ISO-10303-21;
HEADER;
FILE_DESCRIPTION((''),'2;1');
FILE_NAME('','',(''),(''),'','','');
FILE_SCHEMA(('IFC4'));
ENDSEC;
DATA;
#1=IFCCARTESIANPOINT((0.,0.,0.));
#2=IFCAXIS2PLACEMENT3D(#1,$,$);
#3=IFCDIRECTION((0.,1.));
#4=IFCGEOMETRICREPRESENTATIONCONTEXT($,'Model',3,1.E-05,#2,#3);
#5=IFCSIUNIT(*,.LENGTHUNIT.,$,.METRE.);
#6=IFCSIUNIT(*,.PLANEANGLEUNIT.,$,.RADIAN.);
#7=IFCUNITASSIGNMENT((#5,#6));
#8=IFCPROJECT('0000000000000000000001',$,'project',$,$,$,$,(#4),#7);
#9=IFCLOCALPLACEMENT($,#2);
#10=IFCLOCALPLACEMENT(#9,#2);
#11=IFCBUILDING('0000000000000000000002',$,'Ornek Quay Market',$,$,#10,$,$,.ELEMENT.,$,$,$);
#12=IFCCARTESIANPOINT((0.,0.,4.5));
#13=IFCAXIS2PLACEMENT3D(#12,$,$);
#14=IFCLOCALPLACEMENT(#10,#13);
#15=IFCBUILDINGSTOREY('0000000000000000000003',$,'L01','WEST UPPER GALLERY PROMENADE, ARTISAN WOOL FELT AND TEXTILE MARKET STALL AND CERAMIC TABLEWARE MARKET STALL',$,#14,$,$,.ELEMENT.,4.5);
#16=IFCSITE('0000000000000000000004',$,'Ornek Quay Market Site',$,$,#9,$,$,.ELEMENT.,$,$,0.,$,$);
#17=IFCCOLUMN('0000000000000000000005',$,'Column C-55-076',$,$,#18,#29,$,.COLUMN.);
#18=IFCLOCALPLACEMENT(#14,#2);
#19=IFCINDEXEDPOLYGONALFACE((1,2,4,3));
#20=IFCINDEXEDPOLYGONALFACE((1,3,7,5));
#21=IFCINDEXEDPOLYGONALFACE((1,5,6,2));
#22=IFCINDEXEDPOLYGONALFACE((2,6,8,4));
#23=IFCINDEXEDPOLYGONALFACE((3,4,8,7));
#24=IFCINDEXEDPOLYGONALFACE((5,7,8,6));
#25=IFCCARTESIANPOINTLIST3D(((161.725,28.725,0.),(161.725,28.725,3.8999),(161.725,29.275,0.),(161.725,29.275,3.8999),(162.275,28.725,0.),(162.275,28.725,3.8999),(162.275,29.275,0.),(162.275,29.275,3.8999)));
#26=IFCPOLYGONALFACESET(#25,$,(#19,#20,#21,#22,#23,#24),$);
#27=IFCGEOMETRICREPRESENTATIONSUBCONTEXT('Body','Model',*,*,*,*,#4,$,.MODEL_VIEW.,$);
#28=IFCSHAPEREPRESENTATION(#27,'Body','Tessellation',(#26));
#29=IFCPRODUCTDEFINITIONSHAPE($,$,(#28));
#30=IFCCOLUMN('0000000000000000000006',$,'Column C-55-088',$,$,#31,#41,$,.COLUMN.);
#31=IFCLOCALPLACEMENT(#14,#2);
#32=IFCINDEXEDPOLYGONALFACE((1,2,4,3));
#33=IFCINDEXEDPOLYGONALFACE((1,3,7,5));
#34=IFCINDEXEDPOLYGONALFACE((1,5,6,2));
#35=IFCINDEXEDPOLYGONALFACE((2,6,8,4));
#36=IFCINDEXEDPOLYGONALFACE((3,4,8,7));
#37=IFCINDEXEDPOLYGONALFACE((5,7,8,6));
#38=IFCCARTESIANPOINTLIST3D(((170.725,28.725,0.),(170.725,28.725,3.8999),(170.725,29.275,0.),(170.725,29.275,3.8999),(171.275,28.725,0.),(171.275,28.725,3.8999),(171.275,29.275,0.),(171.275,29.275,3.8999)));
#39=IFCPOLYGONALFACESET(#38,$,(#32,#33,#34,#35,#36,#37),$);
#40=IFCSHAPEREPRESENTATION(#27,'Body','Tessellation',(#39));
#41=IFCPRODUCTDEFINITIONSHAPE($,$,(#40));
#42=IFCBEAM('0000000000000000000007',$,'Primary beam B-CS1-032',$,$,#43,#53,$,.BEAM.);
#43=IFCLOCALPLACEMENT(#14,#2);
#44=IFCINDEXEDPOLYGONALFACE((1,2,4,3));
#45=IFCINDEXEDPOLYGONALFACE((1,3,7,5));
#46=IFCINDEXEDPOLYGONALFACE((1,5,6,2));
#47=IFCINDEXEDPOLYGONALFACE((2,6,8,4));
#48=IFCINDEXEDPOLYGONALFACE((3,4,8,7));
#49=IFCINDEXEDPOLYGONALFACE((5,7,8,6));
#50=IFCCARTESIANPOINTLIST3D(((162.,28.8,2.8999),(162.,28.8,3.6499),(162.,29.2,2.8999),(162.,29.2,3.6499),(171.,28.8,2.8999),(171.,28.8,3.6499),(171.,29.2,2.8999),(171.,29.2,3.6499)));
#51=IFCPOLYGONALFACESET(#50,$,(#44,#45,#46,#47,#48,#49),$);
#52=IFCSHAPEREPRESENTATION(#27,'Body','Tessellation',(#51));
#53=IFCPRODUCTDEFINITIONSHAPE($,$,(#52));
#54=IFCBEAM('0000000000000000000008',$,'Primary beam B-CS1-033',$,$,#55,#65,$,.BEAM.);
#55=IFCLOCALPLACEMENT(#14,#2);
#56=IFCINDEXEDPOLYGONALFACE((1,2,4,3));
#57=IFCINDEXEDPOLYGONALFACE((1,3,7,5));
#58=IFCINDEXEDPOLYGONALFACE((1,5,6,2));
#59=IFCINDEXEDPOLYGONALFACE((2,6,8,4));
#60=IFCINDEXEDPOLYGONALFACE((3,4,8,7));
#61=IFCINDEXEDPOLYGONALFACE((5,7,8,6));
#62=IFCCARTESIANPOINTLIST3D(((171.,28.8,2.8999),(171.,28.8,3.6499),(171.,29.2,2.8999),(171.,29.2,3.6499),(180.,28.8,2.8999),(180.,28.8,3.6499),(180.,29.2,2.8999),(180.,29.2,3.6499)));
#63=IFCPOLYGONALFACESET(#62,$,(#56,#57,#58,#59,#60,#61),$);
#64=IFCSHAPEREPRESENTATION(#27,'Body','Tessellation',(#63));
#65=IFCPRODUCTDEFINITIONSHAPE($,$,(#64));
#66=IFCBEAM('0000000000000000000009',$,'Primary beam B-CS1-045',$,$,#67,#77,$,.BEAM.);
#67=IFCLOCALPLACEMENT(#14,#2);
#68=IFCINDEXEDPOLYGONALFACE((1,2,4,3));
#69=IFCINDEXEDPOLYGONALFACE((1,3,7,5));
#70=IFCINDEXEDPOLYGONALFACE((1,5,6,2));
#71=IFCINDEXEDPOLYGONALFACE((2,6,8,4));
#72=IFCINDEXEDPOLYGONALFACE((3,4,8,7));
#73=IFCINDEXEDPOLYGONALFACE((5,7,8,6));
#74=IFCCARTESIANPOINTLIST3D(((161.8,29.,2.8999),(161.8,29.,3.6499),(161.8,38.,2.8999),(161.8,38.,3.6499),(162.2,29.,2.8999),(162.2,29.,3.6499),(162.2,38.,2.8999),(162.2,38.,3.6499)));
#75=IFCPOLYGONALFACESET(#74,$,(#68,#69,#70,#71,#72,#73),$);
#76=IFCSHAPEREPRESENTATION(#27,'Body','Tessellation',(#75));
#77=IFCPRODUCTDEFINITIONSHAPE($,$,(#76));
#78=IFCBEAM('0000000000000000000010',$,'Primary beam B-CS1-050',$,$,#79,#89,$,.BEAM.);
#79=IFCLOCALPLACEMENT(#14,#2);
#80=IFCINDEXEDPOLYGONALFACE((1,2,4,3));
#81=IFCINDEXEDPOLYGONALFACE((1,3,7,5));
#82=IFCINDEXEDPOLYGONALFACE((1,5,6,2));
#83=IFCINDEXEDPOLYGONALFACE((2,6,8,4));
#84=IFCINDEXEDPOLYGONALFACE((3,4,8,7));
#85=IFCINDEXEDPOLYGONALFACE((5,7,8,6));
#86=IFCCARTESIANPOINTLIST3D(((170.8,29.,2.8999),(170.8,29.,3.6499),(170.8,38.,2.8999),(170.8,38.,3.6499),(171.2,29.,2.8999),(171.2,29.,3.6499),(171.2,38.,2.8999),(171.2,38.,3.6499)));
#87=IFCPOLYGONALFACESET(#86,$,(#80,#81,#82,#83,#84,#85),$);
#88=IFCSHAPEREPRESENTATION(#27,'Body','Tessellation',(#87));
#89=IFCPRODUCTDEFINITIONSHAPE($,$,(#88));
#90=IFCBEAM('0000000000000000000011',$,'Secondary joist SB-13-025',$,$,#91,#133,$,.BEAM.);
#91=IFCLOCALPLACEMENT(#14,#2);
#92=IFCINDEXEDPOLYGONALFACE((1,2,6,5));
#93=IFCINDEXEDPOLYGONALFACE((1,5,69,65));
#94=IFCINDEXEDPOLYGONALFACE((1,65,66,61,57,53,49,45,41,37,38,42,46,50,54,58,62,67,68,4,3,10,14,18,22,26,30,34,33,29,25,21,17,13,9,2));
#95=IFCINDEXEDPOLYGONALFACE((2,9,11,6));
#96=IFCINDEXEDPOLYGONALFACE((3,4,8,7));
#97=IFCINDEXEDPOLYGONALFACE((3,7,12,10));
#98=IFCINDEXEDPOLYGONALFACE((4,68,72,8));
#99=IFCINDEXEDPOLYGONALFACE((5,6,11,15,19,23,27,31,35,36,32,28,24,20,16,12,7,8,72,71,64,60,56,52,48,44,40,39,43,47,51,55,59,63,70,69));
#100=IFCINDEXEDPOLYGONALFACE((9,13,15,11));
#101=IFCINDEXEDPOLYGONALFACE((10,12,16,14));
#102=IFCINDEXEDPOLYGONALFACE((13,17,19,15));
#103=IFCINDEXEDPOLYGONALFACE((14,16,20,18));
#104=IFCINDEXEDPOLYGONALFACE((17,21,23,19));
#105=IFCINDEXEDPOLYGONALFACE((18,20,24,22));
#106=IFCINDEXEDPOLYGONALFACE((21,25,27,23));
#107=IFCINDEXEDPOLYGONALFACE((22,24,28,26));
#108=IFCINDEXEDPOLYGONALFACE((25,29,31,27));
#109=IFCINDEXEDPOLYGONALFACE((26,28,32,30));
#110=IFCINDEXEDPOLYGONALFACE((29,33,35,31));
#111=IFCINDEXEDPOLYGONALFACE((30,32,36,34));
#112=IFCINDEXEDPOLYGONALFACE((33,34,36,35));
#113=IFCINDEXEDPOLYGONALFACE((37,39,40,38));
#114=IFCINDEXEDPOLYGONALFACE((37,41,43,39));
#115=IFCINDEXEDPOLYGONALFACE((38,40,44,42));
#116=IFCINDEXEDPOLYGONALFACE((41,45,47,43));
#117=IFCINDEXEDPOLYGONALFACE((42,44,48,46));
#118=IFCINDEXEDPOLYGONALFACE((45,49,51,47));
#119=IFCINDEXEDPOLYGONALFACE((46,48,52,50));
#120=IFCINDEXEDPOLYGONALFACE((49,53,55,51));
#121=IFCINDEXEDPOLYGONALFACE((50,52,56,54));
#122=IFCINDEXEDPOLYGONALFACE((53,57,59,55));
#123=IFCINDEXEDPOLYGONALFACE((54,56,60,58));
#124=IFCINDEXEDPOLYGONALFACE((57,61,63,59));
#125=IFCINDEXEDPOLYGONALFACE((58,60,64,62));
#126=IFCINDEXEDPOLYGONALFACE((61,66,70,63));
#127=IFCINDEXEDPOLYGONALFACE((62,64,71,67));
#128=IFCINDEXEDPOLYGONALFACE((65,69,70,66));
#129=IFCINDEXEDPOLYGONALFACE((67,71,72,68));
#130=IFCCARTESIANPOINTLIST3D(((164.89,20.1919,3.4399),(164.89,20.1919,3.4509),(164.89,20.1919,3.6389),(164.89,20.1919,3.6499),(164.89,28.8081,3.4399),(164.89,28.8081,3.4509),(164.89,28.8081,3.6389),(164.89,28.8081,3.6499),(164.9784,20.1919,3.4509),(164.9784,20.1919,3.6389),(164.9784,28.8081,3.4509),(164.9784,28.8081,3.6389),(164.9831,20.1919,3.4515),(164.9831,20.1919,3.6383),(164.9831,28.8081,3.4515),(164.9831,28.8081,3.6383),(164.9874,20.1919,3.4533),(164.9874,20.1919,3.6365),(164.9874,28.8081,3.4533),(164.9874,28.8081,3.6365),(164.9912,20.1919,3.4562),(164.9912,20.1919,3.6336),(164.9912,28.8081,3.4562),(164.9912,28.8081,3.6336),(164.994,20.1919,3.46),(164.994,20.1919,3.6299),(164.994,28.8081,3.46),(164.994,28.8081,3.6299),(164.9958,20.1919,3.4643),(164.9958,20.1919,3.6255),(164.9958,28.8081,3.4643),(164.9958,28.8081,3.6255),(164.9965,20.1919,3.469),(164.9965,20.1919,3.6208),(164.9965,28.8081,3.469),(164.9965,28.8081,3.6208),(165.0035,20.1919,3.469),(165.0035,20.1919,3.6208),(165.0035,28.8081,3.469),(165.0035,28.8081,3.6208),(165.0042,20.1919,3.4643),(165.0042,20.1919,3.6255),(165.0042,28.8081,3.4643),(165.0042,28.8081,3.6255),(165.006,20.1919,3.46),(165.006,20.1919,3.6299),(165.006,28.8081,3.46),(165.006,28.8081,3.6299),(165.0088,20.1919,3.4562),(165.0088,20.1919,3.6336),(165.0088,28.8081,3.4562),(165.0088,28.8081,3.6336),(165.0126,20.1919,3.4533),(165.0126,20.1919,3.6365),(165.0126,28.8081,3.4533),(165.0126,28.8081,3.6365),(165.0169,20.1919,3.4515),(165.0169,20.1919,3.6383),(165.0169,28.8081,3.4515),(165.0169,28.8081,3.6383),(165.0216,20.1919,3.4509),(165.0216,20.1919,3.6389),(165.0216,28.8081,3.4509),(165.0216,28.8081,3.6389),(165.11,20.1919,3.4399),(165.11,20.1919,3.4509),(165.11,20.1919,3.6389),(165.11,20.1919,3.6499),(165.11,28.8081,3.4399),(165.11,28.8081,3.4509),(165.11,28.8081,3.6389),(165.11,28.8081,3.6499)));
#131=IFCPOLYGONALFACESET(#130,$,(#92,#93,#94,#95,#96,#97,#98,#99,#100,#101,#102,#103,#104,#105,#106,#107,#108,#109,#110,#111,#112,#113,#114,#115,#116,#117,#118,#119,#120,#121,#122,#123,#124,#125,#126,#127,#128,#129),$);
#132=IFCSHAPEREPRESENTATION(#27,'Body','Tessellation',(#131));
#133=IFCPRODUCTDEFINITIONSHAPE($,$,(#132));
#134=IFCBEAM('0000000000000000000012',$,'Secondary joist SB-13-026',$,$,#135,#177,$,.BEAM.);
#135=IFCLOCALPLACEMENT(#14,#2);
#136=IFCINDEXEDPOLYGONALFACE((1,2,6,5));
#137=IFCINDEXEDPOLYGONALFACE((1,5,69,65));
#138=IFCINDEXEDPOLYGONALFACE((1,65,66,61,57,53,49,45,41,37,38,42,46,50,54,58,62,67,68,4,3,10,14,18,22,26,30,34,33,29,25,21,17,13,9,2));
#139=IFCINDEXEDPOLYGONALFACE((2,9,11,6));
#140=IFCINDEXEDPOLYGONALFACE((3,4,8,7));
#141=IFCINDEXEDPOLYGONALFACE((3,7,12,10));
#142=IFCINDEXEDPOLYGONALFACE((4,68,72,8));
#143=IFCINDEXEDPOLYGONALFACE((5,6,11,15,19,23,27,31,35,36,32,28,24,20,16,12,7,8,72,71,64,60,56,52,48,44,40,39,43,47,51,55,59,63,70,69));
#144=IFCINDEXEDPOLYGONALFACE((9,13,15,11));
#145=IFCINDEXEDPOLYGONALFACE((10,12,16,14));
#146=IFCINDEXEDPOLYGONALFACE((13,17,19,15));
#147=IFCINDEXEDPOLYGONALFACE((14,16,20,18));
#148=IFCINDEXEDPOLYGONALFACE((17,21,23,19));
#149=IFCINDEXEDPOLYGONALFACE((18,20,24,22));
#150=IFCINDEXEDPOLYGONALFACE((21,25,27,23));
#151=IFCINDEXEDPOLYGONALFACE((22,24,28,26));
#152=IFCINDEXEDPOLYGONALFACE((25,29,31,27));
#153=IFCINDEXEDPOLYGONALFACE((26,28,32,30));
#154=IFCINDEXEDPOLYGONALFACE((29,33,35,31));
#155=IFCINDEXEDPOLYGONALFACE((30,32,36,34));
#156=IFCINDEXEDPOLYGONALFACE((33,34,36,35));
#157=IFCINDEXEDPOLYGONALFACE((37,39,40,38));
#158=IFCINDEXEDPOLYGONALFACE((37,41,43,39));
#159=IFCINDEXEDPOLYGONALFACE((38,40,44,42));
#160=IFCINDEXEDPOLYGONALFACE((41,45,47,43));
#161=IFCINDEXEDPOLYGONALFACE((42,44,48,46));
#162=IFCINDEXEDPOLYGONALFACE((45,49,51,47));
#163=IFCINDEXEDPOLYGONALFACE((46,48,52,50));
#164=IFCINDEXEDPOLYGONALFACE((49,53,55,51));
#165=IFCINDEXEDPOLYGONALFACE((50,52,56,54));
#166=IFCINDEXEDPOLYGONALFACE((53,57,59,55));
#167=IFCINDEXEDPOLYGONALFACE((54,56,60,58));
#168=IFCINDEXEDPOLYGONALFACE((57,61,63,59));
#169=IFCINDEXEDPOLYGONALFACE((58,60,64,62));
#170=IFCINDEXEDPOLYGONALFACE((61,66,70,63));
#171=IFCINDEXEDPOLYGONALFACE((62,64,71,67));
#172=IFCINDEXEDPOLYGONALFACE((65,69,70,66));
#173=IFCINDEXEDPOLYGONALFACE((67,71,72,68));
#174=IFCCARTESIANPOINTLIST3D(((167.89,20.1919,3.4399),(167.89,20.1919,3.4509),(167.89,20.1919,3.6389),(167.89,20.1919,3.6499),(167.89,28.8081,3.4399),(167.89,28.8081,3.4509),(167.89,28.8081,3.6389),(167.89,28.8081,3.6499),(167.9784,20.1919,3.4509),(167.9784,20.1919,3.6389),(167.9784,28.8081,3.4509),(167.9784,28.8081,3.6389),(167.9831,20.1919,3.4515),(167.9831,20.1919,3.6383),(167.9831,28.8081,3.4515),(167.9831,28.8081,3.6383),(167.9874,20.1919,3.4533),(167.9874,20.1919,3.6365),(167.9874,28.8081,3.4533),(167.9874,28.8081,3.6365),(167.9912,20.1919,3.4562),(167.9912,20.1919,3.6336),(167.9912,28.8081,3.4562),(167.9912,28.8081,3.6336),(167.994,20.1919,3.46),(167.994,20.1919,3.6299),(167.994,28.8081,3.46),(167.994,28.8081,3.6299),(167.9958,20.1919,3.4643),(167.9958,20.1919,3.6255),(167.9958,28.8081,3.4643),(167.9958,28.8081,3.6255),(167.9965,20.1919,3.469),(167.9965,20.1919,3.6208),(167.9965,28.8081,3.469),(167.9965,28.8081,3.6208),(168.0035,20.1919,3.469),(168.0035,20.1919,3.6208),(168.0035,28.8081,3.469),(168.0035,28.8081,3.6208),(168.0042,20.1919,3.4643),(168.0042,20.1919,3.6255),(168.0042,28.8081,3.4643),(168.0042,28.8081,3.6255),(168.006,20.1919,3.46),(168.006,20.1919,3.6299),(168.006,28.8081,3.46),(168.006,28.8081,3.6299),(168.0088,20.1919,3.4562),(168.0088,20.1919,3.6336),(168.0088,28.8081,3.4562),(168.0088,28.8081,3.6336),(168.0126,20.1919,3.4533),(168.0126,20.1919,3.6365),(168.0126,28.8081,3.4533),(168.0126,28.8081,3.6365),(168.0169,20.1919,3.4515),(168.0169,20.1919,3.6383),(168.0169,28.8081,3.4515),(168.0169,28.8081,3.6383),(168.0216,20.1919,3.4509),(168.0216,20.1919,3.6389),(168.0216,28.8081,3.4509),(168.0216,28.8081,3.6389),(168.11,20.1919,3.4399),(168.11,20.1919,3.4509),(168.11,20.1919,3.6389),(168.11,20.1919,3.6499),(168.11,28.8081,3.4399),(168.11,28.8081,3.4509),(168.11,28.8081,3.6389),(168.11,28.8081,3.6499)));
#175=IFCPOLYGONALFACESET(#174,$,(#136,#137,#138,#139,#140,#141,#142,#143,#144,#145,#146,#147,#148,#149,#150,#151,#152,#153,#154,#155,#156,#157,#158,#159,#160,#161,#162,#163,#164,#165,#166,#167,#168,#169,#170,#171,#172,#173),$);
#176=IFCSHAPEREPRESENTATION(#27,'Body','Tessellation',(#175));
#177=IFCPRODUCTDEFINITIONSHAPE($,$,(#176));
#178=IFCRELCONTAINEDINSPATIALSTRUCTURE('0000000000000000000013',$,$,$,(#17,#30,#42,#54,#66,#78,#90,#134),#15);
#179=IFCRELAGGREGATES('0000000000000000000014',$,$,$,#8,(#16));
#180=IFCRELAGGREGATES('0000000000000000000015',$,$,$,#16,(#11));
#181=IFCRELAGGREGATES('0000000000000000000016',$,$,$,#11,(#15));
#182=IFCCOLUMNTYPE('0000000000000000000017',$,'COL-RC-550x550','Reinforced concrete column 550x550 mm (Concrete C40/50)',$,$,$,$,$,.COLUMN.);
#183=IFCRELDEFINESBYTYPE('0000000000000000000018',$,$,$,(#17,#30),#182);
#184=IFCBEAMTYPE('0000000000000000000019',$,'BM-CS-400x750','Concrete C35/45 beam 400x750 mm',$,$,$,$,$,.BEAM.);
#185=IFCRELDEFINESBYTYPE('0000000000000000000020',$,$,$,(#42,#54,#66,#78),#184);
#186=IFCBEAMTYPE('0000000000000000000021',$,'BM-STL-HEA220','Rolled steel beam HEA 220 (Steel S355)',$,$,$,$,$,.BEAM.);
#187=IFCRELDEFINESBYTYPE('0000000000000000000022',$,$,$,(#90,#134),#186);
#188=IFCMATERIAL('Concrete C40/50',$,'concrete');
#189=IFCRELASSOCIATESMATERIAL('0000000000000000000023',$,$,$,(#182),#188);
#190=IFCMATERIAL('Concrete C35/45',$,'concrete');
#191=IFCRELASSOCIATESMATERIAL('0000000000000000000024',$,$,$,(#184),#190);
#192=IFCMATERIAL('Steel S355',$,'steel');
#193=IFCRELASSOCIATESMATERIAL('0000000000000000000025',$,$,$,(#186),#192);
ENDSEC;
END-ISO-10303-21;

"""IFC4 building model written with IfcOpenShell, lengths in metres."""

from ifc_helpers import new_model, si_unit, direction, frame, origin, origin_2d, place, context, subcontext, project, spatial, rectangle, i_section, extrude, material, material_profile, profile_set, type_object, element, save


model = new_model("IFC4")

# Units and contexts
model_context = context("Model", 3, precision=1e-05, world=origin(), true_north=direction((0.0, 1.0)))
body_context = subcontext(model_context, "Body", "Model", "MODEL_VIEW")
ifc_project = project(units=[si_unit("LENGTHUNIT", "METRE"), si_unit("PLANEANGLEUNIT", "RADIAN")], contexts=[model_context])

# Site, building, storey
site_placement = place(None, origin())
site = spatial("IfcSite", under=ifc_project, at=site_placement, Name="Ornek Quay Market Site", CompositionType="ELEMENT", RefElevation=0.0)
building_placement = place(site_placement, origin())
building = spatial("IfcBuilding", under=site, at=building_placement, Name="Ornek Quay Market", CompositionType="ELEMENT")
storey_placement = place(building_placement, frame((0.0, 0.0, 4.5)))
storey = spatial("IfcBuildingStorey", under=building, at=storey_placement, Name="L01", Description="WEST UPPER GALLERY PROMENADE, ARTISAN WOOL FELT AND TEXTILE MARKET STALL AND CERAMIC TABLEWARE MARKET STALL", CompositionType="ELEMENT", Elevation=4.5)

# Columns
ifc_material_1 = material(Name="Concrete C40/50", Category="concrete")
ifc_material_profile_1 = material_profile(ifc_material_1, rectangle(XDim=0.55, YDim=0.55, at=origin_2d()), Name="RC 550x550", Category="concrete")
ifc_profile_set_1 = profile_set([ifc_material_profile_1], Name="Concrete C40/50")
column_type = type_object("IfcColumnType", Name="COL-RC-550x550", Description="Reinforced concrete column 550x550 mm (Concrete C40/50)", PredefinedType="COLUMN", material=ifc_profile_set_1)
for number, where, z_axis, x_axis, name in (
    (1, (162.0, 29.0, 0.0), (0.0, 0.0, 1.0), (1.0, 0.0, 0.0), "Column C-55-076"),
    (2, (171.0, 29.0, 0.0), (0.0, 0.0, 1.0), (1.0, 0.0, 0.0), "Column C-55-088"),
):
    element("IfcColumn", number, at=place(storey_placement, frame(where, z_axis=z_axis, x_axis=x_axis)), inside=storey, type_object=column_type, Name=name, PredefinedType="COLUMN", context=body_context, shape_type="SweptSolid", body=[
        extrude(rectangle(XDim=0.55, YDim=0.55, at=origin_2d()), origin(), (0.0, 0.0, 1.0), 3.8999),
    ])

# Beams
ifc_material_2 = material(Name="Concrete C35/45", Category="concrete")
ifc_material_profile_2 = material_profile(ifc_material_2, rectangle(XDim=0.3999, YDim=0.75, at=origin_2d()), Name="RC 400x750", Category="concrete")
ifc_profile_set_2 = profile_set([ifc_material_profile_2], Name="Concrete C35/45")
beam_type_1 = type_object("IfcBeamType", Name="BM-CS-400x750", Description="Concrete C35/45 beam 400x750 mm", PredefinedType="BEAM", material=ifc_profile_set_2)
for number, where, z_axis, x_axis, name in (
    (3, (162.0, 29.0, 3.2749), (1.0, 0.0, 0.0), (0.0, 1.0, 0.0), "Primary beam B-CS1-032"),
    (4, (171.0, 29.0, 3.2749), (1.0, 0.0, 0.0), (0.0, 1.0, 0.0), "Primary beam B-CS1-033"),
    (5, (162.0, 29.0, 3.2749), (0.0, 1.0, 0.0), (-1.0, 0.0, 0.0), "Primary beam B-CS1-045"),
    (6, (171.0, 29.0, 3.2749), (0.0, 1.0, 0.0), (-1.0, 0.0, 0.0), "Primary beam B-CS1-050"),
):
    element("IfcBeam", number, at=place(storey_placement, frame(where, z_axis=z_axis, x_axis=x_axis)), inside=storey, type_object=beam_type_1, Name=name, PredefinedType="BEAM", context=body_context, shape_type="SweptSolid", body=[
        extrude(rectangle(XDim=0.3999, YDim=0.75, at=origin_2d()), origin(), (0.0, 0.0, 1.0), 9.0),
    ])
ifc_material_3 = material(Name="Steel S355", Category="steel")
ifc_material_profile_3 = material_profile(ifc_material_3, i_section(OverallWidth=0.22, OverallDepth=0.21, WebThickness=0.0071, FlangeThickness=0.011, FilletRadius=0.0181, at=origin_2d()), Name="HEA 220", Category="steel")
ifc_profile_set_3 = profile_set([ifc_material_profile_3], Name="Steel S355")
beam_type_2 = type_object("IfcBeamType", Name="BM-STL-HEA220", Description="Rolled steel beam HEA 220 (Steel S355)", PredefinedType="BEAM", material=ifc_profile_set_3)
for number, where, z_axis, x_axis, name in (
    (7, (165.0, 20.1919, 3.5449), (0.0, 1.0, 0.0), (-1.0, 0.0, 0.0), "Secondary joist SB-13-025"),
    (8, (168.0, 20.1919, 3.5449), (0.0, 1.0, 0.0), (-1.0, 0.0, 0.0), "Secondary joist SB-13-026"),
):
    element("IfcBeam", number, at=place(storey_placement, frame(where, z_axis=z_axis, x_axis=x_axis)), inside=storey, type_object=beam_type_2, Name=name, PredefinedType="BEAM", context=body_context, shape_type="SweptSolid", body=[
        extrude(i_section(OverallWidth=0.22, OverallDepth=0.21, WebThickness=0.0071, FlangeThickness=0.011, FilletRadius=0.0181, at=origin_2d()), origin(), (0.0, 0.0, 1.0), 8.6162),
    ])

save(model, "model.ifc")
